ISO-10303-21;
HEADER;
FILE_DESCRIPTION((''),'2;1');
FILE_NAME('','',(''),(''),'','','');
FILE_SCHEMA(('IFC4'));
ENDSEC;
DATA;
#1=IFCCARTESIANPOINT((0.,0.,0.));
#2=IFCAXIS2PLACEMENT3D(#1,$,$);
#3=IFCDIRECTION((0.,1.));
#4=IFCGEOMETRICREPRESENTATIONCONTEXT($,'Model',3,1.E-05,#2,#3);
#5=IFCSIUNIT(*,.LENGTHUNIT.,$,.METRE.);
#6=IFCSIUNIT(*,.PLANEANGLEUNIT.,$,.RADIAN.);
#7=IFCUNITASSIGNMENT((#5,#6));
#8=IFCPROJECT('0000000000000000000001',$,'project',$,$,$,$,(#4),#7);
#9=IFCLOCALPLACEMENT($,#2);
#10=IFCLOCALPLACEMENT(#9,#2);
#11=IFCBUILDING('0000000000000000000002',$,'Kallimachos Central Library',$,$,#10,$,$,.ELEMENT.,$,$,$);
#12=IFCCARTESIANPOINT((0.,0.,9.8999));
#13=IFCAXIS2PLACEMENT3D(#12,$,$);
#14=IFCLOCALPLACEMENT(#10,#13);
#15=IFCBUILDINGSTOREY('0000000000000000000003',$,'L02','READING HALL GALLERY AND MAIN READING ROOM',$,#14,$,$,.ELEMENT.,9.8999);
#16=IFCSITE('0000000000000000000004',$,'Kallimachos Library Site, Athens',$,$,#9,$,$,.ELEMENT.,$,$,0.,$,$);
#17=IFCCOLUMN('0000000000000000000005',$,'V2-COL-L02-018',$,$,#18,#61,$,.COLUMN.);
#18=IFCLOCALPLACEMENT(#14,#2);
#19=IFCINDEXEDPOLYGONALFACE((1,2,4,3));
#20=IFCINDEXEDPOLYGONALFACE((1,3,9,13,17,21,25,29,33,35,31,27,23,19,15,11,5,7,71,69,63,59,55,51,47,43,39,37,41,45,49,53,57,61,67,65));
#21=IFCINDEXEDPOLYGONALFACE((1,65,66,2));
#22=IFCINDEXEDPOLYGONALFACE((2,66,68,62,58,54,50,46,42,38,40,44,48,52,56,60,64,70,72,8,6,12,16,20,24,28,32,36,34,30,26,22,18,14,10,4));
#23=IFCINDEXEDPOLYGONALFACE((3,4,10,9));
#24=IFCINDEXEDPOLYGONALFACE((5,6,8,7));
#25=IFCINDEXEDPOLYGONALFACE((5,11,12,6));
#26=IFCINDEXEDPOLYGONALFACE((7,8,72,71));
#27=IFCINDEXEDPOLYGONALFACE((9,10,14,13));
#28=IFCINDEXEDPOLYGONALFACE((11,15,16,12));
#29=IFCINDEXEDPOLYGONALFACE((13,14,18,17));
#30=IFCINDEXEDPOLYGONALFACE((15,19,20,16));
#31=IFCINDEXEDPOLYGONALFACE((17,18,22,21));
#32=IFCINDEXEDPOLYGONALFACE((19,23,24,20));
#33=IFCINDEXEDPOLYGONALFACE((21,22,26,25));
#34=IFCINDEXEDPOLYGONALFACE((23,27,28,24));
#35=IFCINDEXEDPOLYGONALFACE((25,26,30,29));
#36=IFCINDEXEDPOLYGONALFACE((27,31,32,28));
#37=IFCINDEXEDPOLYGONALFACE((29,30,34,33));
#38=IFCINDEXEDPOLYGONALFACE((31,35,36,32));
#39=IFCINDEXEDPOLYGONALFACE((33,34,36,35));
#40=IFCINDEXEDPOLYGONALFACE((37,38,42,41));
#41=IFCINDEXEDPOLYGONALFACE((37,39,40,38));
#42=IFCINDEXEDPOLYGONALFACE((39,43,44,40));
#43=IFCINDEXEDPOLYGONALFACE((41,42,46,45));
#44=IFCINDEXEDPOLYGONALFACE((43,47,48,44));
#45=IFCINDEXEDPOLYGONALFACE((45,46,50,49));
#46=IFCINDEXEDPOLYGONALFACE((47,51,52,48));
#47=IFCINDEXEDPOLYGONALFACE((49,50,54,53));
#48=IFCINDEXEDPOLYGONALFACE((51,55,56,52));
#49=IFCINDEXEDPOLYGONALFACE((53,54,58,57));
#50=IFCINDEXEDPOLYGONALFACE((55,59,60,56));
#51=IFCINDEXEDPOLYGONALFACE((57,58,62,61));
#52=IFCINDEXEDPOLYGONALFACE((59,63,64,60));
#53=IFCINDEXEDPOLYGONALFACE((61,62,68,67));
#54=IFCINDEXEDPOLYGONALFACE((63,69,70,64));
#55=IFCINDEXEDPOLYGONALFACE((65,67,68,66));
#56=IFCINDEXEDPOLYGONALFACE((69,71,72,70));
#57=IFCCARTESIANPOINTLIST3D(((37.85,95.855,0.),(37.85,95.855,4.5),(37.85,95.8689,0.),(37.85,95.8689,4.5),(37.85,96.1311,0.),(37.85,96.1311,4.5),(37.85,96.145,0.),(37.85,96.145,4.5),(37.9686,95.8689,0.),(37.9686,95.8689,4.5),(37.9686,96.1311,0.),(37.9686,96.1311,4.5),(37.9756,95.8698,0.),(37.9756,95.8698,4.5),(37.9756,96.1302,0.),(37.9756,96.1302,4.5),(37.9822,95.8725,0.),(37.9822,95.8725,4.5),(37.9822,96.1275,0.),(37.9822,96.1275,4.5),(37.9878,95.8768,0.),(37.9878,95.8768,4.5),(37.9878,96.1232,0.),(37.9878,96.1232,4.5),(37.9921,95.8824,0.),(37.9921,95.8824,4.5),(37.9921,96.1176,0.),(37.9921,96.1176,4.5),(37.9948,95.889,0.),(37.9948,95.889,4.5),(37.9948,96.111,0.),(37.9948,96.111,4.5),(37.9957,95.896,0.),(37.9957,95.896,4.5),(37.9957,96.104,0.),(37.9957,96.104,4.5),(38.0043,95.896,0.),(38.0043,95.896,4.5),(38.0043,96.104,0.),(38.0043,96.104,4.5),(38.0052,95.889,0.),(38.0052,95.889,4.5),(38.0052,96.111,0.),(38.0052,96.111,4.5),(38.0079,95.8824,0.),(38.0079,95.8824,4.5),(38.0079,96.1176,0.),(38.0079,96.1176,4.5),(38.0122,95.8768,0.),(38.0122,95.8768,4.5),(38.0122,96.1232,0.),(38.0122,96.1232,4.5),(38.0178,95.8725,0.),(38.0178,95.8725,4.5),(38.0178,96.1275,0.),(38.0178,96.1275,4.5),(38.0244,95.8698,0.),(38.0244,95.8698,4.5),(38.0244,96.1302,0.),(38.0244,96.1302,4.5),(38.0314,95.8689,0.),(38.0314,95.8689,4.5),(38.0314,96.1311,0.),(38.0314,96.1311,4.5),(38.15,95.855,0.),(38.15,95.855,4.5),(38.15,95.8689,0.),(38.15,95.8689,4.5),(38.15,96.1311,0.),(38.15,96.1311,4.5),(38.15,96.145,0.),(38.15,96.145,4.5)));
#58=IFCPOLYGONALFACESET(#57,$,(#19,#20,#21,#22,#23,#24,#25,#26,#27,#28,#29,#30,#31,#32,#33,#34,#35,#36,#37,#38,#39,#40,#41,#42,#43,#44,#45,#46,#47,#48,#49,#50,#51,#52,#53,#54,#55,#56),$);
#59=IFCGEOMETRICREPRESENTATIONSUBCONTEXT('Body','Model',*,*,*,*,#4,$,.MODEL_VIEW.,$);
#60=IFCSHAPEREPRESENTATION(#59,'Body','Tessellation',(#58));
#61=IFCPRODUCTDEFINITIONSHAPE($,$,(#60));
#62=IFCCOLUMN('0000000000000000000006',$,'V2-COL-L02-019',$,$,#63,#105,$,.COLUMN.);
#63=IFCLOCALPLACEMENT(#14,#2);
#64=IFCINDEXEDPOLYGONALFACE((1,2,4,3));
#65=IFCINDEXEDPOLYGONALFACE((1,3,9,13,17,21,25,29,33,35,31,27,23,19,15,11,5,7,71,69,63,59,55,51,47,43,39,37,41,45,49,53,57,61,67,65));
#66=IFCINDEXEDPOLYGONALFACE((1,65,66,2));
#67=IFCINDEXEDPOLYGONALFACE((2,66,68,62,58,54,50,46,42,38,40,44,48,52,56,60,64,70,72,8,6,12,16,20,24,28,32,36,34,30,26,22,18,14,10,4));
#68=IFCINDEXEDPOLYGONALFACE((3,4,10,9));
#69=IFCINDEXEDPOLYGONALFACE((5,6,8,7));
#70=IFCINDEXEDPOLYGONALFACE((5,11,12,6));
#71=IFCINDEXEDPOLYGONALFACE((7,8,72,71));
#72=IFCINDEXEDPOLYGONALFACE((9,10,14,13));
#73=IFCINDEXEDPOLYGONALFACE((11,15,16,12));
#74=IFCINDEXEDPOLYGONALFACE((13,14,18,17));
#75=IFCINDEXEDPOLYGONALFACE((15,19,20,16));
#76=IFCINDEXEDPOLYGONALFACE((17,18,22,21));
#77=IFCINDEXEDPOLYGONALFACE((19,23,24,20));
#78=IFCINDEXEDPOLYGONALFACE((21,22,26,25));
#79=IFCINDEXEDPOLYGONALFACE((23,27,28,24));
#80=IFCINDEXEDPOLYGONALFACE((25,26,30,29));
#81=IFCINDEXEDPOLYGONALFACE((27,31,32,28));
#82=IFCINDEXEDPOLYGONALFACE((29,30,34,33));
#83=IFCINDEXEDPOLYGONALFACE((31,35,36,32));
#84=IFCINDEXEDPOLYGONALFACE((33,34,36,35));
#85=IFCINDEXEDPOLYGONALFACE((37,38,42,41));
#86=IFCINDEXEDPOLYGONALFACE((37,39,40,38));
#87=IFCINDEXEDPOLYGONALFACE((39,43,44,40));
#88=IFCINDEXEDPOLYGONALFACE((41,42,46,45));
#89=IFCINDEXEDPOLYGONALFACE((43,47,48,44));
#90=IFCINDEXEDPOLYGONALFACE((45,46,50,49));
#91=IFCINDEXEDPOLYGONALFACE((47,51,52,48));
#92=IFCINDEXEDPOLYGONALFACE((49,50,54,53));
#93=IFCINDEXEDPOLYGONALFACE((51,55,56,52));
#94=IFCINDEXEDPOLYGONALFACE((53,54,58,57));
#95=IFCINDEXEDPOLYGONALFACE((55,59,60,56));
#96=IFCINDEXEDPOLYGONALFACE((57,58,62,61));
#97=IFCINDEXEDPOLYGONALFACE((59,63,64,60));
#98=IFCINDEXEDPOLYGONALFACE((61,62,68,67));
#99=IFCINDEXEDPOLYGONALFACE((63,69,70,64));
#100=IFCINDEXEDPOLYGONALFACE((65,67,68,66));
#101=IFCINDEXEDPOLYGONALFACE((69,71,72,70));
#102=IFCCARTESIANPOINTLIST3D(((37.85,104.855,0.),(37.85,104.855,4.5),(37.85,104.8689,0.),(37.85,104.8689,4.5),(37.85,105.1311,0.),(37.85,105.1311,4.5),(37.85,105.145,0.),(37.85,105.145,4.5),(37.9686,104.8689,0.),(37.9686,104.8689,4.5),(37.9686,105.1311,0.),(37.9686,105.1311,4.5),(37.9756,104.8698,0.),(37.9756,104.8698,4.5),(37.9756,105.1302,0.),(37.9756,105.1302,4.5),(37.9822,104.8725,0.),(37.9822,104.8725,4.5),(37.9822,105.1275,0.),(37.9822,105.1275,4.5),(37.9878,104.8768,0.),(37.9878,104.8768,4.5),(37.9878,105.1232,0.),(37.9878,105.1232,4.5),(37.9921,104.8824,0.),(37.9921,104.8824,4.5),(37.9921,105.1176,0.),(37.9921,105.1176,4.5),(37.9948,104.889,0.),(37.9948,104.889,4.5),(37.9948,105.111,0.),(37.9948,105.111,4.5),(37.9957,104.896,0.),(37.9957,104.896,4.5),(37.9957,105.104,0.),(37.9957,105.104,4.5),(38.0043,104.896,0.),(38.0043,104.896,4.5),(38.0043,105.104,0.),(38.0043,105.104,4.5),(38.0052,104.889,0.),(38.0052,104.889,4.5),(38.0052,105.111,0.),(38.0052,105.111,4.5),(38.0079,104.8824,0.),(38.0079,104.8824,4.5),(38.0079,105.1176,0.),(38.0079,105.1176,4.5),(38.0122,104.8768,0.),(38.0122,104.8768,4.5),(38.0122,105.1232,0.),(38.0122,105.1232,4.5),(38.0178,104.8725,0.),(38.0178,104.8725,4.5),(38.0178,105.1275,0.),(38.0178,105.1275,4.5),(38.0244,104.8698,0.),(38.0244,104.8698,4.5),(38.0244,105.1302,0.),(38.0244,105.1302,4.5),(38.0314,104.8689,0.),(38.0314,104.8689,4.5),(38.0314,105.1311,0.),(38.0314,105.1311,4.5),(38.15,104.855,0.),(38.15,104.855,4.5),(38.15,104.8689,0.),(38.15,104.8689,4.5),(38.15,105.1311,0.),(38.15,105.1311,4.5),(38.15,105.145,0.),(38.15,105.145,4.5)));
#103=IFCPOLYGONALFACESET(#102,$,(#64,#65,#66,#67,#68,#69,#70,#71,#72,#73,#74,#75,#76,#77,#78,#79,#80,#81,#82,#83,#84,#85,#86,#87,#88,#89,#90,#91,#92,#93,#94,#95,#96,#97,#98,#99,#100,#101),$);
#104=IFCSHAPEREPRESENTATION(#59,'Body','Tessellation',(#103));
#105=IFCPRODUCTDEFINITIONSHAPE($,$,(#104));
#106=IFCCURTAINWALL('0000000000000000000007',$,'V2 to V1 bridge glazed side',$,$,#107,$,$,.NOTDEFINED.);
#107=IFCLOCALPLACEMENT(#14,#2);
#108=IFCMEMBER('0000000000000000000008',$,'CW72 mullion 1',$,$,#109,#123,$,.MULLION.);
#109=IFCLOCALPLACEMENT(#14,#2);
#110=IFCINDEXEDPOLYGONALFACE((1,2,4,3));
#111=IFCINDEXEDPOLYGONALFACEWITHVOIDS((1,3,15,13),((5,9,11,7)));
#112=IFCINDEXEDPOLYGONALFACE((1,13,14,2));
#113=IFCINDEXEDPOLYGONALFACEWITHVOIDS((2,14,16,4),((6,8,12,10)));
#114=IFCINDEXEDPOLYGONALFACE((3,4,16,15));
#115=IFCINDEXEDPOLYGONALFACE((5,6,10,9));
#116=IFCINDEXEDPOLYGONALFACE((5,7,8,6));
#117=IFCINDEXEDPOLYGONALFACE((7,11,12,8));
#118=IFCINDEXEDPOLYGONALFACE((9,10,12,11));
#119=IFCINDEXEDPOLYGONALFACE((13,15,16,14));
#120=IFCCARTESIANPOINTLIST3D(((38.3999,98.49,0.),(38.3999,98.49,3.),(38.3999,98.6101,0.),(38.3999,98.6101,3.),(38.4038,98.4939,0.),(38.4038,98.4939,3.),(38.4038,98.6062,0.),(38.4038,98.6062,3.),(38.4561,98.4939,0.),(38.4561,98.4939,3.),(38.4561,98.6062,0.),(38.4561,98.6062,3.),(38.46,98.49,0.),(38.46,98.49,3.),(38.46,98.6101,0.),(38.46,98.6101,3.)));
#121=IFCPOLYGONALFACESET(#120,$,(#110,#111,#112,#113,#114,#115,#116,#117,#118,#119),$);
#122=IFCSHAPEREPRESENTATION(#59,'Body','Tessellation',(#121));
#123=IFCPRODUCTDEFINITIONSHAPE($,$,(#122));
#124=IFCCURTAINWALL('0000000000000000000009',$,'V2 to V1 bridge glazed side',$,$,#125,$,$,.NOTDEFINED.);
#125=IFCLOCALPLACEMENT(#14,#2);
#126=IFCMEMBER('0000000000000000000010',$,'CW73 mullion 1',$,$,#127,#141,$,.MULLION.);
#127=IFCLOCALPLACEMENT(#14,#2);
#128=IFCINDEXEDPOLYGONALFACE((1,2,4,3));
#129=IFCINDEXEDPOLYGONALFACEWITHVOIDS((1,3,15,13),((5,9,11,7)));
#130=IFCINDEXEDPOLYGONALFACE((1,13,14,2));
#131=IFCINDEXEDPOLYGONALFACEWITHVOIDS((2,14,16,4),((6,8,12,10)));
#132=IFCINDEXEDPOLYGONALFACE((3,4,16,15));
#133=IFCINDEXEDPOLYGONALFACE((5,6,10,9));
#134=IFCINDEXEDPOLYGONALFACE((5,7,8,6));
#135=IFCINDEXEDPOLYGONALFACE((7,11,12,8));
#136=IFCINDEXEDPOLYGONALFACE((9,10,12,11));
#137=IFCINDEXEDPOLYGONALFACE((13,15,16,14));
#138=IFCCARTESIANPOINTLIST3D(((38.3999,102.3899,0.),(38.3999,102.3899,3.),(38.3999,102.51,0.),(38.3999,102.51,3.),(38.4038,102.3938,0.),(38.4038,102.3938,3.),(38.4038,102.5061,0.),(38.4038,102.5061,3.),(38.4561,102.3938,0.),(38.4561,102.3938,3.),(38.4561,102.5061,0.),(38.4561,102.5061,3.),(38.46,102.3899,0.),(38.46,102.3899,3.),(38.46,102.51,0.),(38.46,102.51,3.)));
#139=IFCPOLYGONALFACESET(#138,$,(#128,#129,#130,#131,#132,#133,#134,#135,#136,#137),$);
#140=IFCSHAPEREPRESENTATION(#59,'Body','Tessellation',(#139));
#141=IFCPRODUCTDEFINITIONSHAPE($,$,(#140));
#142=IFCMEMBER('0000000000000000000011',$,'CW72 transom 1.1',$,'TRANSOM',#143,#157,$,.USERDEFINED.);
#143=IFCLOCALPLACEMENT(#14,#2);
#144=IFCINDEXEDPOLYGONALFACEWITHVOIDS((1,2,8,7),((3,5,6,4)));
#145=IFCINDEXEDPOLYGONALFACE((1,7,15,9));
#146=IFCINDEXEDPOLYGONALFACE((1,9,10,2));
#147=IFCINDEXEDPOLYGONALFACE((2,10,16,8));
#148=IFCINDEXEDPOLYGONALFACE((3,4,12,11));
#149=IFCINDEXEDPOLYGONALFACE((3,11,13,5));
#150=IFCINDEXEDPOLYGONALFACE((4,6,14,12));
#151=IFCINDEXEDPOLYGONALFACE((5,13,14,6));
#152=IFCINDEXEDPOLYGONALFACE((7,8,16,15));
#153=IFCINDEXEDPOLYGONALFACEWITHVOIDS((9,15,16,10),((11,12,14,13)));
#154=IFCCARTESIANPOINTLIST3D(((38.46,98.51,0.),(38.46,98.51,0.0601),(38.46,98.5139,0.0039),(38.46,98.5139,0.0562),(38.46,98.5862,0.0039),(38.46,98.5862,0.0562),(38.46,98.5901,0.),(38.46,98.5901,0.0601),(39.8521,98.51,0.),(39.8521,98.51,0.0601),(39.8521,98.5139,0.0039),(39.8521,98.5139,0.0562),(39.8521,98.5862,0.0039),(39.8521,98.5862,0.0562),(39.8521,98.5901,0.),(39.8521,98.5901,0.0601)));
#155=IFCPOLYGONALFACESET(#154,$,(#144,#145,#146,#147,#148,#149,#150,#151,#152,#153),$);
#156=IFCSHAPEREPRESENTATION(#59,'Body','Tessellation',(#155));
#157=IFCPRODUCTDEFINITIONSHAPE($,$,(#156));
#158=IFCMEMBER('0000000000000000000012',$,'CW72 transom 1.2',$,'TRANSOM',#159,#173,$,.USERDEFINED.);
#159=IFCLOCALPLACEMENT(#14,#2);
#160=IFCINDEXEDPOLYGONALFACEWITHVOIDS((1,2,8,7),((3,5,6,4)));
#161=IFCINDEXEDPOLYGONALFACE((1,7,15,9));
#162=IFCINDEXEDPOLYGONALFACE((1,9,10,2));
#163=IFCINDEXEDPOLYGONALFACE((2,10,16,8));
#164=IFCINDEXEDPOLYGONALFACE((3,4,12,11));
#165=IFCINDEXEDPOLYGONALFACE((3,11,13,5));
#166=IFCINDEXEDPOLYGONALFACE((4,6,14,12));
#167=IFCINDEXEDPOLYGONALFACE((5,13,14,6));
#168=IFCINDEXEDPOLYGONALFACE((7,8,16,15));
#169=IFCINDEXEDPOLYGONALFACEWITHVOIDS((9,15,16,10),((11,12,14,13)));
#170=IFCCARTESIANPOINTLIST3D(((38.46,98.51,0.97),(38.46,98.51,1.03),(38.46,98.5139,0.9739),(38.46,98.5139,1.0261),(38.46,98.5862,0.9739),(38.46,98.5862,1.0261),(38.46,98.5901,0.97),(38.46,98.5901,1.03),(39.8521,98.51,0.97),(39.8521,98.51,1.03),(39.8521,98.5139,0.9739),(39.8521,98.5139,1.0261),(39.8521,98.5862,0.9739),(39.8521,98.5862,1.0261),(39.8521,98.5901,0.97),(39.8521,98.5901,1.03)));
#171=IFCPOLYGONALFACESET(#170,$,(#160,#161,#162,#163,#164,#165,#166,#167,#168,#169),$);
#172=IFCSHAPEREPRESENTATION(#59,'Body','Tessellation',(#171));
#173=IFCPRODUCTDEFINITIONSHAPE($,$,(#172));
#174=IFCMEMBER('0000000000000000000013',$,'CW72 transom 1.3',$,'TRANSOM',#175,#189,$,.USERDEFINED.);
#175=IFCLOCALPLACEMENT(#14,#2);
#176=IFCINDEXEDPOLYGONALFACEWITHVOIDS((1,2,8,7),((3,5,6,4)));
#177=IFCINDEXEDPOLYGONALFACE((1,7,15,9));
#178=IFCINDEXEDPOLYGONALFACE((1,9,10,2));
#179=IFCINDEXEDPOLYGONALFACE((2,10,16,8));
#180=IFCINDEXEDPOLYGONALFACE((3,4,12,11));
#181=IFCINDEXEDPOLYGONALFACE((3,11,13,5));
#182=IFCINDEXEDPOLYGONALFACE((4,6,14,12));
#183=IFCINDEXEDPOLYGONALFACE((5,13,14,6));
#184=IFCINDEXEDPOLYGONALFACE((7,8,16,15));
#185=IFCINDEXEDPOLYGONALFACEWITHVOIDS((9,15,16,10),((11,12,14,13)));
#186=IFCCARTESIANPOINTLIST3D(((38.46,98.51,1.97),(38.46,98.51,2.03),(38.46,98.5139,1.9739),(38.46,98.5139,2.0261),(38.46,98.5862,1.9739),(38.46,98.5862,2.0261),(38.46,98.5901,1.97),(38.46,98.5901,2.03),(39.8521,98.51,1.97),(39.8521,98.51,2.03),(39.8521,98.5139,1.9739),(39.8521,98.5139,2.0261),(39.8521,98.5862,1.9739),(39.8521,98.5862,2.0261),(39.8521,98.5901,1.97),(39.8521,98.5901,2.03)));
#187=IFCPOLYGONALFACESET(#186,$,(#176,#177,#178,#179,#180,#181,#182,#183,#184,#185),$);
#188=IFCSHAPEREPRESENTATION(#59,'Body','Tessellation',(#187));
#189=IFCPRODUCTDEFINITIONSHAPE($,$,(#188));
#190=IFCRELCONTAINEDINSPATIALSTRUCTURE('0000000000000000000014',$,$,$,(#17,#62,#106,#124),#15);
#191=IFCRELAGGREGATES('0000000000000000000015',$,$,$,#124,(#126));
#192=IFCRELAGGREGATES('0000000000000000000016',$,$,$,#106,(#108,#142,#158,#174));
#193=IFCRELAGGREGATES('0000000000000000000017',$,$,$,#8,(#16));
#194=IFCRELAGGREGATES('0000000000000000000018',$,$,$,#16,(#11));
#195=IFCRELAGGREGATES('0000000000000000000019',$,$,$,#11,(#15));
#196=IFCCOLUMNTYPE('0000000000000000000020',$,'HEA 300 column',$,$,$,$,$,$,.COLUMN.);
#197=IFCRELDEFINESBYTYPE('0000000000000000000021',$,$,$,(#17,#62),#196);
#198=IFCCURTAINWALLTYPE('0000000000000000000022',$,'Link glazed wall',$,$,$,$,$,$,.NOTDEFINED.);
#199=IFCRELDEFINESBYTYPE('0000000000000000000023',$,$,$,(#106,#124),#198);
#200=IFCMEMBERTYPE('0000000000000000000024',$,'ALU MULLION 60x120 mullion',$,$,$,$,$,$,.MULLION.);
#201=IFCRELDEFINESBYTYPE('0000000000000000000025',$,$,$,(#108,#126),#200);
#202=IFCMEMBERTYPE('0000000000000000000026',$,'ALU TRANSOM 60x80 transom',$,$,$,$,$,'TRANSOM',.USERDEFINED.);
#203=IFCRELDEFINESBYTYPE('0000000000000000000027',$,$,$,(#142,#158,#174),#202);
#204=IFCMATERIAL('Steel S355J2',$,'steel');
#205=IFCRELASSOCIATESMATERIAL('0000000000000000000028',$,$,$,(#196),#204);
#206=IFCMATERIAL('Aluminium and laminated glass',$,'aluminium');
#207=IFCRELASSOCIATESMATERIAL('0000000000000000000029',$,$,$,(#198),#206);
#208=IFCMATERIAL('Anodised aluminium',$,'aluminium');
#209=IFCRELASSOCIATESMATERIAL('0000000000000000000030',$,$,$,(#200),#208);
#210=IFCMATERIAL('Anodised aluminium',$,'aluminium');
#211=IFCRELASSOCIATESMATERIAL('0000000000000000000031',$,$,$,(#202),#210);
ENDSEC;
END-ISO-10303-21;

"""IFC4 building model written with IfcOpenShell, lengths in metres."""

from ifc_helpers import new_model, si_unit, direction, frame, origin, origin_2d, place, context, subcontext, project, spatial, hollow_rectangle, i_section, extrude, material, material_profile, profile_set, type_object, element, aggregate, save


model = new_model("IFC4")

# Units and contexts
model_context = context("Model", 3, precision=1e-05, world=origin(), true_north=direction((0.0, 1.0)))
body_context = subcontext(model_context, "Body", "Model", "MODEL_VIEW")
ifc_project = project(units=[si_unit("LENGTHUNIT", "METRE"), si_unit("PLANEANGLEUNIT", "RADIAN")], contexts=[model_context])

# Site, building, storey
site_placement = place(None, origin())
site = spatial("IfcSite", under=ifc_project, at=site_placement, Name="Kallimachos Library Site, Athens", CompositionType="ELEMENT", RefElevation=0.0)
building_placement = place(site_placement, origin())
building = spatial("IfcBuilding", under=site, at=building_placement, Name="Kallimachos Central Library", CompositionType="ELEMENT")
storey_placement = place(building_placement, frame((0.0, 0.0, 9.8999)))
storey = spatial("IfcBuildingStorey", under=building, at=storey_placement, Name="L02", Description="READING HALL GALLERY AND MAIN READING ROOM", CompositionType="ELEMENT", Elevation=9.8999)

# Columns
ifc_material_1 = material(Name="Steel S355J2", Category="steel")
ifc_material_profile_1 = material_profile(ifc_material_1, i_section(OverallWidth=0.3, OverallDepth=0.29, WebThickness=0.0085, FlangeThickness=0.0139, FilletRadius=0.0271, at=origin_2d()), Name="HEA 300")
ifc_profile_set_1 = profile_set([ifc_material_profile_1], Name="Steel S355J2")
column_type = type_object("IfcColumnType", Name="HEA 300 column", PredefinedType="COLUMN", material=ifc_profile_set_1)
for number, where, z_axis, x_axis, name in (
    (1, (38.0, 96.0, 0.0), (0.0, 0.0, 1.0), (1.0, 0.0, 0.0), "V2-COL-L02-018"),
    (2, (38.0, 105.0, 0.0), (0.0, 0.0, 1.0), (1.0, 0.0, 0.0), "V2-COL-L02-019"),
):
    element("IfcColumn", number, at=place(storey_placement, frame(where, z_axis=z_axis, x_axis=x_axis)), inside=storey, type_object=column_type, Name=name, PredefinedType="COLUMN", context=body_context, shape_type="SweptSolid", body=[
        extrude(i_section(OverallWidth=0.3, OverallDepth=0.29, WebThickness=0.0085, FlangeThickness=0.0139, FilletRadius=0.0271, at=origin_2d()), origin(), (0.0, 0.0, 1.0), 4.5),
    ])

# Curtain walls, members
ifc_material_2 = material(Name="Aluminium and laminated glass", Category="aluminium")
curtain_wall_type = type_object("IfcCurtainWallType", Name="Link glazed wall", PredefinedType="NOTDEFINED", material=ifc_material_2)
curtain_wall_1_placement = place(storey_placement, origin())
curtain_wall_1 = element("IfcCurtainWall", 3, at=curtain_wall_1_placement, inside=storey, type_object=curtain_wall_type, Name="V2 to V1 bridge glazed side", PredefinedType="NOTDEFINED")
ifc_material_3 = material(Name="Anodised aluminium", Category="aluminium")
ifc_material_profile_2 = material_profile(ifc_material_3, hollow_rectangle(XDim=0.0601, YDim=0.1201, WallThickness=0.0039, at=origin_2d()), Name="ALU MULLION 60x120")
ifc_profile_set_2 = profile_set([ifc_material_profile_2], Name="Anodised aluminium")
member_type_1 = type_object("IfcMemberType", Name="ALU MULLION 60x120 mullion", PredefinedType="MULLION", material=ifc_profile_set_2)
member_1_placement = place(storey_placement, frame((38.4299, 98.55, 0.0), z_axis=(0.0, 0.0, 1.0), x_axis=(1.0, 0.0, 0.0)))
member_1 = element("IfcMember", 4, at=member_1_placement, type_object=member_type_1, Name="CW72 mullion 1", PredefinedType="MULLION", context=body_context, shape_type="SweptSolid", body=[
    extrude(hollow_rectangle(XDim=0.0601, YDim=0.1201, WallThickness=0.0039, at=origin_2d()), origin(), (0.0, 0.0, 1.0), 3.0),
])
curtain_wall_2_placement = place(storey_placement, origin())
curtain_wall_2 = element("IfcCurtainWall", 5, at=curtain_wall_2_placement, inside=storey, type_object=curtain_wall_type, Name="V2 to V1 bridge glazed side", PredefinedType="NOTDEFINED")
member_2_placement = place(storey_placement, frame((38.4299, 102.45, 0.0), z_axis=(0.0, 0.0, 1.0), x_axis=(1.0, 0.0, 0.0)))
member_2 = element("IfcMember", 6, at=member_2_placement, type_object=member_type_1, Name="CW73 mullion 1", PredefinedType="MULLION", context=body_context, shape_type="SweptSolid", body=[
    extrude(hollow_rectangle(XDim=0.0601, YDim=0.1201, WallThickness=0.0039, at=origin_2d()), origin(), (0.0, 0.0, 1.0), 3.0),
])
aggregate(curtain_wall_2, [member_2])

# Members
ifc_material_4 = material(Name="Anodised aluminium", Category="aluminium")
ifc_material_profile_3 = material_profile(ifc_material_4, hollow_rectangle(XDim=0.0601, YDim=0.0801, WallThickness=0.0039, at=origin_2d()), Name="ALU TRANSOM 60x80")
ifc_profile_set_3 = profile_set([ifc_material_profile_3], Name="Anodised aluminium")
member_type_2 = type_object("IfcMemberType", Name="ALU TRANSOM 60x80 transom", ElementType="TRANSOM", PredefinedType="USERDEFINED", material=ifc_profile_set_3)
member_3_placement = place(storey_placement, frame((38.46, 98.55, 0.03), z_axis=(1.0, 0.0, 0.0), x_axis=(0.0, 0.0, 1.0)))
member_3 = element("IfcMember", 7, at=member_3_placement, type_object=member_type_2, Name="CW72 transom 1.1", ObjectType="TRANSOM", PredefinedType="USERDEFINED", context=body_context, shape_type="SweptSolid", body=[
    extrude(hollow_rectangle(XDim=0.0601, YDim=0.0801, WallThickness=0.0039, at=origin_2d()), origin(), (0.0, 0.0, 1.0), 1.3921),
])
member_4_placement = place(storey_placement, frame((38.46, 98.55, 1.0), z_axis=(1.0, 0.0, 0.0), x_axis=(0.0, 0.0, 1.0)))
member_4 = element("IfcMember", 8, at=member_4_placement, type_object=member_type_2, Name="CW72 transom 1.2", ObjectType="TRANSOM", PredefinedType="USERDEFINED", context=body_context, shape_type="SweptSolid", body=[
    extrude(hollow_rectangle(XDim=0.0601, YDim=0.0801, WallThickness=0.0039, at=origin_2d()), origin(), (0.0, 0.0, 1.0), 1.3921),
])
member_5_placement = place(storey_placement, frame((38.46, 98.55, 2.0), z_axis=(1.0, 0.0, 0.0), x_axis=(0.0, 0.0, 1.0)))
member_5 = element("IfcMember", 9, at=member_5_placement, type_object=member_type_2, Name="CW72 transom 1.3", ObjectType="TRANSOM", PredefinedType="USERDEFINED", context=body_context, shape_type="SweptSolid", body=[
    extrude(hollow_rectangle(XDim=0.0601, YDim=0.0801, WallThickness=0.0039, at=origin_2d()), origin(), (0.0, 0.0, 1.0), 1.3921),
])
aggregate(curtain_wall_1, [member_1, member_3, member_4, member_5])

save(model, "model.ifc")
